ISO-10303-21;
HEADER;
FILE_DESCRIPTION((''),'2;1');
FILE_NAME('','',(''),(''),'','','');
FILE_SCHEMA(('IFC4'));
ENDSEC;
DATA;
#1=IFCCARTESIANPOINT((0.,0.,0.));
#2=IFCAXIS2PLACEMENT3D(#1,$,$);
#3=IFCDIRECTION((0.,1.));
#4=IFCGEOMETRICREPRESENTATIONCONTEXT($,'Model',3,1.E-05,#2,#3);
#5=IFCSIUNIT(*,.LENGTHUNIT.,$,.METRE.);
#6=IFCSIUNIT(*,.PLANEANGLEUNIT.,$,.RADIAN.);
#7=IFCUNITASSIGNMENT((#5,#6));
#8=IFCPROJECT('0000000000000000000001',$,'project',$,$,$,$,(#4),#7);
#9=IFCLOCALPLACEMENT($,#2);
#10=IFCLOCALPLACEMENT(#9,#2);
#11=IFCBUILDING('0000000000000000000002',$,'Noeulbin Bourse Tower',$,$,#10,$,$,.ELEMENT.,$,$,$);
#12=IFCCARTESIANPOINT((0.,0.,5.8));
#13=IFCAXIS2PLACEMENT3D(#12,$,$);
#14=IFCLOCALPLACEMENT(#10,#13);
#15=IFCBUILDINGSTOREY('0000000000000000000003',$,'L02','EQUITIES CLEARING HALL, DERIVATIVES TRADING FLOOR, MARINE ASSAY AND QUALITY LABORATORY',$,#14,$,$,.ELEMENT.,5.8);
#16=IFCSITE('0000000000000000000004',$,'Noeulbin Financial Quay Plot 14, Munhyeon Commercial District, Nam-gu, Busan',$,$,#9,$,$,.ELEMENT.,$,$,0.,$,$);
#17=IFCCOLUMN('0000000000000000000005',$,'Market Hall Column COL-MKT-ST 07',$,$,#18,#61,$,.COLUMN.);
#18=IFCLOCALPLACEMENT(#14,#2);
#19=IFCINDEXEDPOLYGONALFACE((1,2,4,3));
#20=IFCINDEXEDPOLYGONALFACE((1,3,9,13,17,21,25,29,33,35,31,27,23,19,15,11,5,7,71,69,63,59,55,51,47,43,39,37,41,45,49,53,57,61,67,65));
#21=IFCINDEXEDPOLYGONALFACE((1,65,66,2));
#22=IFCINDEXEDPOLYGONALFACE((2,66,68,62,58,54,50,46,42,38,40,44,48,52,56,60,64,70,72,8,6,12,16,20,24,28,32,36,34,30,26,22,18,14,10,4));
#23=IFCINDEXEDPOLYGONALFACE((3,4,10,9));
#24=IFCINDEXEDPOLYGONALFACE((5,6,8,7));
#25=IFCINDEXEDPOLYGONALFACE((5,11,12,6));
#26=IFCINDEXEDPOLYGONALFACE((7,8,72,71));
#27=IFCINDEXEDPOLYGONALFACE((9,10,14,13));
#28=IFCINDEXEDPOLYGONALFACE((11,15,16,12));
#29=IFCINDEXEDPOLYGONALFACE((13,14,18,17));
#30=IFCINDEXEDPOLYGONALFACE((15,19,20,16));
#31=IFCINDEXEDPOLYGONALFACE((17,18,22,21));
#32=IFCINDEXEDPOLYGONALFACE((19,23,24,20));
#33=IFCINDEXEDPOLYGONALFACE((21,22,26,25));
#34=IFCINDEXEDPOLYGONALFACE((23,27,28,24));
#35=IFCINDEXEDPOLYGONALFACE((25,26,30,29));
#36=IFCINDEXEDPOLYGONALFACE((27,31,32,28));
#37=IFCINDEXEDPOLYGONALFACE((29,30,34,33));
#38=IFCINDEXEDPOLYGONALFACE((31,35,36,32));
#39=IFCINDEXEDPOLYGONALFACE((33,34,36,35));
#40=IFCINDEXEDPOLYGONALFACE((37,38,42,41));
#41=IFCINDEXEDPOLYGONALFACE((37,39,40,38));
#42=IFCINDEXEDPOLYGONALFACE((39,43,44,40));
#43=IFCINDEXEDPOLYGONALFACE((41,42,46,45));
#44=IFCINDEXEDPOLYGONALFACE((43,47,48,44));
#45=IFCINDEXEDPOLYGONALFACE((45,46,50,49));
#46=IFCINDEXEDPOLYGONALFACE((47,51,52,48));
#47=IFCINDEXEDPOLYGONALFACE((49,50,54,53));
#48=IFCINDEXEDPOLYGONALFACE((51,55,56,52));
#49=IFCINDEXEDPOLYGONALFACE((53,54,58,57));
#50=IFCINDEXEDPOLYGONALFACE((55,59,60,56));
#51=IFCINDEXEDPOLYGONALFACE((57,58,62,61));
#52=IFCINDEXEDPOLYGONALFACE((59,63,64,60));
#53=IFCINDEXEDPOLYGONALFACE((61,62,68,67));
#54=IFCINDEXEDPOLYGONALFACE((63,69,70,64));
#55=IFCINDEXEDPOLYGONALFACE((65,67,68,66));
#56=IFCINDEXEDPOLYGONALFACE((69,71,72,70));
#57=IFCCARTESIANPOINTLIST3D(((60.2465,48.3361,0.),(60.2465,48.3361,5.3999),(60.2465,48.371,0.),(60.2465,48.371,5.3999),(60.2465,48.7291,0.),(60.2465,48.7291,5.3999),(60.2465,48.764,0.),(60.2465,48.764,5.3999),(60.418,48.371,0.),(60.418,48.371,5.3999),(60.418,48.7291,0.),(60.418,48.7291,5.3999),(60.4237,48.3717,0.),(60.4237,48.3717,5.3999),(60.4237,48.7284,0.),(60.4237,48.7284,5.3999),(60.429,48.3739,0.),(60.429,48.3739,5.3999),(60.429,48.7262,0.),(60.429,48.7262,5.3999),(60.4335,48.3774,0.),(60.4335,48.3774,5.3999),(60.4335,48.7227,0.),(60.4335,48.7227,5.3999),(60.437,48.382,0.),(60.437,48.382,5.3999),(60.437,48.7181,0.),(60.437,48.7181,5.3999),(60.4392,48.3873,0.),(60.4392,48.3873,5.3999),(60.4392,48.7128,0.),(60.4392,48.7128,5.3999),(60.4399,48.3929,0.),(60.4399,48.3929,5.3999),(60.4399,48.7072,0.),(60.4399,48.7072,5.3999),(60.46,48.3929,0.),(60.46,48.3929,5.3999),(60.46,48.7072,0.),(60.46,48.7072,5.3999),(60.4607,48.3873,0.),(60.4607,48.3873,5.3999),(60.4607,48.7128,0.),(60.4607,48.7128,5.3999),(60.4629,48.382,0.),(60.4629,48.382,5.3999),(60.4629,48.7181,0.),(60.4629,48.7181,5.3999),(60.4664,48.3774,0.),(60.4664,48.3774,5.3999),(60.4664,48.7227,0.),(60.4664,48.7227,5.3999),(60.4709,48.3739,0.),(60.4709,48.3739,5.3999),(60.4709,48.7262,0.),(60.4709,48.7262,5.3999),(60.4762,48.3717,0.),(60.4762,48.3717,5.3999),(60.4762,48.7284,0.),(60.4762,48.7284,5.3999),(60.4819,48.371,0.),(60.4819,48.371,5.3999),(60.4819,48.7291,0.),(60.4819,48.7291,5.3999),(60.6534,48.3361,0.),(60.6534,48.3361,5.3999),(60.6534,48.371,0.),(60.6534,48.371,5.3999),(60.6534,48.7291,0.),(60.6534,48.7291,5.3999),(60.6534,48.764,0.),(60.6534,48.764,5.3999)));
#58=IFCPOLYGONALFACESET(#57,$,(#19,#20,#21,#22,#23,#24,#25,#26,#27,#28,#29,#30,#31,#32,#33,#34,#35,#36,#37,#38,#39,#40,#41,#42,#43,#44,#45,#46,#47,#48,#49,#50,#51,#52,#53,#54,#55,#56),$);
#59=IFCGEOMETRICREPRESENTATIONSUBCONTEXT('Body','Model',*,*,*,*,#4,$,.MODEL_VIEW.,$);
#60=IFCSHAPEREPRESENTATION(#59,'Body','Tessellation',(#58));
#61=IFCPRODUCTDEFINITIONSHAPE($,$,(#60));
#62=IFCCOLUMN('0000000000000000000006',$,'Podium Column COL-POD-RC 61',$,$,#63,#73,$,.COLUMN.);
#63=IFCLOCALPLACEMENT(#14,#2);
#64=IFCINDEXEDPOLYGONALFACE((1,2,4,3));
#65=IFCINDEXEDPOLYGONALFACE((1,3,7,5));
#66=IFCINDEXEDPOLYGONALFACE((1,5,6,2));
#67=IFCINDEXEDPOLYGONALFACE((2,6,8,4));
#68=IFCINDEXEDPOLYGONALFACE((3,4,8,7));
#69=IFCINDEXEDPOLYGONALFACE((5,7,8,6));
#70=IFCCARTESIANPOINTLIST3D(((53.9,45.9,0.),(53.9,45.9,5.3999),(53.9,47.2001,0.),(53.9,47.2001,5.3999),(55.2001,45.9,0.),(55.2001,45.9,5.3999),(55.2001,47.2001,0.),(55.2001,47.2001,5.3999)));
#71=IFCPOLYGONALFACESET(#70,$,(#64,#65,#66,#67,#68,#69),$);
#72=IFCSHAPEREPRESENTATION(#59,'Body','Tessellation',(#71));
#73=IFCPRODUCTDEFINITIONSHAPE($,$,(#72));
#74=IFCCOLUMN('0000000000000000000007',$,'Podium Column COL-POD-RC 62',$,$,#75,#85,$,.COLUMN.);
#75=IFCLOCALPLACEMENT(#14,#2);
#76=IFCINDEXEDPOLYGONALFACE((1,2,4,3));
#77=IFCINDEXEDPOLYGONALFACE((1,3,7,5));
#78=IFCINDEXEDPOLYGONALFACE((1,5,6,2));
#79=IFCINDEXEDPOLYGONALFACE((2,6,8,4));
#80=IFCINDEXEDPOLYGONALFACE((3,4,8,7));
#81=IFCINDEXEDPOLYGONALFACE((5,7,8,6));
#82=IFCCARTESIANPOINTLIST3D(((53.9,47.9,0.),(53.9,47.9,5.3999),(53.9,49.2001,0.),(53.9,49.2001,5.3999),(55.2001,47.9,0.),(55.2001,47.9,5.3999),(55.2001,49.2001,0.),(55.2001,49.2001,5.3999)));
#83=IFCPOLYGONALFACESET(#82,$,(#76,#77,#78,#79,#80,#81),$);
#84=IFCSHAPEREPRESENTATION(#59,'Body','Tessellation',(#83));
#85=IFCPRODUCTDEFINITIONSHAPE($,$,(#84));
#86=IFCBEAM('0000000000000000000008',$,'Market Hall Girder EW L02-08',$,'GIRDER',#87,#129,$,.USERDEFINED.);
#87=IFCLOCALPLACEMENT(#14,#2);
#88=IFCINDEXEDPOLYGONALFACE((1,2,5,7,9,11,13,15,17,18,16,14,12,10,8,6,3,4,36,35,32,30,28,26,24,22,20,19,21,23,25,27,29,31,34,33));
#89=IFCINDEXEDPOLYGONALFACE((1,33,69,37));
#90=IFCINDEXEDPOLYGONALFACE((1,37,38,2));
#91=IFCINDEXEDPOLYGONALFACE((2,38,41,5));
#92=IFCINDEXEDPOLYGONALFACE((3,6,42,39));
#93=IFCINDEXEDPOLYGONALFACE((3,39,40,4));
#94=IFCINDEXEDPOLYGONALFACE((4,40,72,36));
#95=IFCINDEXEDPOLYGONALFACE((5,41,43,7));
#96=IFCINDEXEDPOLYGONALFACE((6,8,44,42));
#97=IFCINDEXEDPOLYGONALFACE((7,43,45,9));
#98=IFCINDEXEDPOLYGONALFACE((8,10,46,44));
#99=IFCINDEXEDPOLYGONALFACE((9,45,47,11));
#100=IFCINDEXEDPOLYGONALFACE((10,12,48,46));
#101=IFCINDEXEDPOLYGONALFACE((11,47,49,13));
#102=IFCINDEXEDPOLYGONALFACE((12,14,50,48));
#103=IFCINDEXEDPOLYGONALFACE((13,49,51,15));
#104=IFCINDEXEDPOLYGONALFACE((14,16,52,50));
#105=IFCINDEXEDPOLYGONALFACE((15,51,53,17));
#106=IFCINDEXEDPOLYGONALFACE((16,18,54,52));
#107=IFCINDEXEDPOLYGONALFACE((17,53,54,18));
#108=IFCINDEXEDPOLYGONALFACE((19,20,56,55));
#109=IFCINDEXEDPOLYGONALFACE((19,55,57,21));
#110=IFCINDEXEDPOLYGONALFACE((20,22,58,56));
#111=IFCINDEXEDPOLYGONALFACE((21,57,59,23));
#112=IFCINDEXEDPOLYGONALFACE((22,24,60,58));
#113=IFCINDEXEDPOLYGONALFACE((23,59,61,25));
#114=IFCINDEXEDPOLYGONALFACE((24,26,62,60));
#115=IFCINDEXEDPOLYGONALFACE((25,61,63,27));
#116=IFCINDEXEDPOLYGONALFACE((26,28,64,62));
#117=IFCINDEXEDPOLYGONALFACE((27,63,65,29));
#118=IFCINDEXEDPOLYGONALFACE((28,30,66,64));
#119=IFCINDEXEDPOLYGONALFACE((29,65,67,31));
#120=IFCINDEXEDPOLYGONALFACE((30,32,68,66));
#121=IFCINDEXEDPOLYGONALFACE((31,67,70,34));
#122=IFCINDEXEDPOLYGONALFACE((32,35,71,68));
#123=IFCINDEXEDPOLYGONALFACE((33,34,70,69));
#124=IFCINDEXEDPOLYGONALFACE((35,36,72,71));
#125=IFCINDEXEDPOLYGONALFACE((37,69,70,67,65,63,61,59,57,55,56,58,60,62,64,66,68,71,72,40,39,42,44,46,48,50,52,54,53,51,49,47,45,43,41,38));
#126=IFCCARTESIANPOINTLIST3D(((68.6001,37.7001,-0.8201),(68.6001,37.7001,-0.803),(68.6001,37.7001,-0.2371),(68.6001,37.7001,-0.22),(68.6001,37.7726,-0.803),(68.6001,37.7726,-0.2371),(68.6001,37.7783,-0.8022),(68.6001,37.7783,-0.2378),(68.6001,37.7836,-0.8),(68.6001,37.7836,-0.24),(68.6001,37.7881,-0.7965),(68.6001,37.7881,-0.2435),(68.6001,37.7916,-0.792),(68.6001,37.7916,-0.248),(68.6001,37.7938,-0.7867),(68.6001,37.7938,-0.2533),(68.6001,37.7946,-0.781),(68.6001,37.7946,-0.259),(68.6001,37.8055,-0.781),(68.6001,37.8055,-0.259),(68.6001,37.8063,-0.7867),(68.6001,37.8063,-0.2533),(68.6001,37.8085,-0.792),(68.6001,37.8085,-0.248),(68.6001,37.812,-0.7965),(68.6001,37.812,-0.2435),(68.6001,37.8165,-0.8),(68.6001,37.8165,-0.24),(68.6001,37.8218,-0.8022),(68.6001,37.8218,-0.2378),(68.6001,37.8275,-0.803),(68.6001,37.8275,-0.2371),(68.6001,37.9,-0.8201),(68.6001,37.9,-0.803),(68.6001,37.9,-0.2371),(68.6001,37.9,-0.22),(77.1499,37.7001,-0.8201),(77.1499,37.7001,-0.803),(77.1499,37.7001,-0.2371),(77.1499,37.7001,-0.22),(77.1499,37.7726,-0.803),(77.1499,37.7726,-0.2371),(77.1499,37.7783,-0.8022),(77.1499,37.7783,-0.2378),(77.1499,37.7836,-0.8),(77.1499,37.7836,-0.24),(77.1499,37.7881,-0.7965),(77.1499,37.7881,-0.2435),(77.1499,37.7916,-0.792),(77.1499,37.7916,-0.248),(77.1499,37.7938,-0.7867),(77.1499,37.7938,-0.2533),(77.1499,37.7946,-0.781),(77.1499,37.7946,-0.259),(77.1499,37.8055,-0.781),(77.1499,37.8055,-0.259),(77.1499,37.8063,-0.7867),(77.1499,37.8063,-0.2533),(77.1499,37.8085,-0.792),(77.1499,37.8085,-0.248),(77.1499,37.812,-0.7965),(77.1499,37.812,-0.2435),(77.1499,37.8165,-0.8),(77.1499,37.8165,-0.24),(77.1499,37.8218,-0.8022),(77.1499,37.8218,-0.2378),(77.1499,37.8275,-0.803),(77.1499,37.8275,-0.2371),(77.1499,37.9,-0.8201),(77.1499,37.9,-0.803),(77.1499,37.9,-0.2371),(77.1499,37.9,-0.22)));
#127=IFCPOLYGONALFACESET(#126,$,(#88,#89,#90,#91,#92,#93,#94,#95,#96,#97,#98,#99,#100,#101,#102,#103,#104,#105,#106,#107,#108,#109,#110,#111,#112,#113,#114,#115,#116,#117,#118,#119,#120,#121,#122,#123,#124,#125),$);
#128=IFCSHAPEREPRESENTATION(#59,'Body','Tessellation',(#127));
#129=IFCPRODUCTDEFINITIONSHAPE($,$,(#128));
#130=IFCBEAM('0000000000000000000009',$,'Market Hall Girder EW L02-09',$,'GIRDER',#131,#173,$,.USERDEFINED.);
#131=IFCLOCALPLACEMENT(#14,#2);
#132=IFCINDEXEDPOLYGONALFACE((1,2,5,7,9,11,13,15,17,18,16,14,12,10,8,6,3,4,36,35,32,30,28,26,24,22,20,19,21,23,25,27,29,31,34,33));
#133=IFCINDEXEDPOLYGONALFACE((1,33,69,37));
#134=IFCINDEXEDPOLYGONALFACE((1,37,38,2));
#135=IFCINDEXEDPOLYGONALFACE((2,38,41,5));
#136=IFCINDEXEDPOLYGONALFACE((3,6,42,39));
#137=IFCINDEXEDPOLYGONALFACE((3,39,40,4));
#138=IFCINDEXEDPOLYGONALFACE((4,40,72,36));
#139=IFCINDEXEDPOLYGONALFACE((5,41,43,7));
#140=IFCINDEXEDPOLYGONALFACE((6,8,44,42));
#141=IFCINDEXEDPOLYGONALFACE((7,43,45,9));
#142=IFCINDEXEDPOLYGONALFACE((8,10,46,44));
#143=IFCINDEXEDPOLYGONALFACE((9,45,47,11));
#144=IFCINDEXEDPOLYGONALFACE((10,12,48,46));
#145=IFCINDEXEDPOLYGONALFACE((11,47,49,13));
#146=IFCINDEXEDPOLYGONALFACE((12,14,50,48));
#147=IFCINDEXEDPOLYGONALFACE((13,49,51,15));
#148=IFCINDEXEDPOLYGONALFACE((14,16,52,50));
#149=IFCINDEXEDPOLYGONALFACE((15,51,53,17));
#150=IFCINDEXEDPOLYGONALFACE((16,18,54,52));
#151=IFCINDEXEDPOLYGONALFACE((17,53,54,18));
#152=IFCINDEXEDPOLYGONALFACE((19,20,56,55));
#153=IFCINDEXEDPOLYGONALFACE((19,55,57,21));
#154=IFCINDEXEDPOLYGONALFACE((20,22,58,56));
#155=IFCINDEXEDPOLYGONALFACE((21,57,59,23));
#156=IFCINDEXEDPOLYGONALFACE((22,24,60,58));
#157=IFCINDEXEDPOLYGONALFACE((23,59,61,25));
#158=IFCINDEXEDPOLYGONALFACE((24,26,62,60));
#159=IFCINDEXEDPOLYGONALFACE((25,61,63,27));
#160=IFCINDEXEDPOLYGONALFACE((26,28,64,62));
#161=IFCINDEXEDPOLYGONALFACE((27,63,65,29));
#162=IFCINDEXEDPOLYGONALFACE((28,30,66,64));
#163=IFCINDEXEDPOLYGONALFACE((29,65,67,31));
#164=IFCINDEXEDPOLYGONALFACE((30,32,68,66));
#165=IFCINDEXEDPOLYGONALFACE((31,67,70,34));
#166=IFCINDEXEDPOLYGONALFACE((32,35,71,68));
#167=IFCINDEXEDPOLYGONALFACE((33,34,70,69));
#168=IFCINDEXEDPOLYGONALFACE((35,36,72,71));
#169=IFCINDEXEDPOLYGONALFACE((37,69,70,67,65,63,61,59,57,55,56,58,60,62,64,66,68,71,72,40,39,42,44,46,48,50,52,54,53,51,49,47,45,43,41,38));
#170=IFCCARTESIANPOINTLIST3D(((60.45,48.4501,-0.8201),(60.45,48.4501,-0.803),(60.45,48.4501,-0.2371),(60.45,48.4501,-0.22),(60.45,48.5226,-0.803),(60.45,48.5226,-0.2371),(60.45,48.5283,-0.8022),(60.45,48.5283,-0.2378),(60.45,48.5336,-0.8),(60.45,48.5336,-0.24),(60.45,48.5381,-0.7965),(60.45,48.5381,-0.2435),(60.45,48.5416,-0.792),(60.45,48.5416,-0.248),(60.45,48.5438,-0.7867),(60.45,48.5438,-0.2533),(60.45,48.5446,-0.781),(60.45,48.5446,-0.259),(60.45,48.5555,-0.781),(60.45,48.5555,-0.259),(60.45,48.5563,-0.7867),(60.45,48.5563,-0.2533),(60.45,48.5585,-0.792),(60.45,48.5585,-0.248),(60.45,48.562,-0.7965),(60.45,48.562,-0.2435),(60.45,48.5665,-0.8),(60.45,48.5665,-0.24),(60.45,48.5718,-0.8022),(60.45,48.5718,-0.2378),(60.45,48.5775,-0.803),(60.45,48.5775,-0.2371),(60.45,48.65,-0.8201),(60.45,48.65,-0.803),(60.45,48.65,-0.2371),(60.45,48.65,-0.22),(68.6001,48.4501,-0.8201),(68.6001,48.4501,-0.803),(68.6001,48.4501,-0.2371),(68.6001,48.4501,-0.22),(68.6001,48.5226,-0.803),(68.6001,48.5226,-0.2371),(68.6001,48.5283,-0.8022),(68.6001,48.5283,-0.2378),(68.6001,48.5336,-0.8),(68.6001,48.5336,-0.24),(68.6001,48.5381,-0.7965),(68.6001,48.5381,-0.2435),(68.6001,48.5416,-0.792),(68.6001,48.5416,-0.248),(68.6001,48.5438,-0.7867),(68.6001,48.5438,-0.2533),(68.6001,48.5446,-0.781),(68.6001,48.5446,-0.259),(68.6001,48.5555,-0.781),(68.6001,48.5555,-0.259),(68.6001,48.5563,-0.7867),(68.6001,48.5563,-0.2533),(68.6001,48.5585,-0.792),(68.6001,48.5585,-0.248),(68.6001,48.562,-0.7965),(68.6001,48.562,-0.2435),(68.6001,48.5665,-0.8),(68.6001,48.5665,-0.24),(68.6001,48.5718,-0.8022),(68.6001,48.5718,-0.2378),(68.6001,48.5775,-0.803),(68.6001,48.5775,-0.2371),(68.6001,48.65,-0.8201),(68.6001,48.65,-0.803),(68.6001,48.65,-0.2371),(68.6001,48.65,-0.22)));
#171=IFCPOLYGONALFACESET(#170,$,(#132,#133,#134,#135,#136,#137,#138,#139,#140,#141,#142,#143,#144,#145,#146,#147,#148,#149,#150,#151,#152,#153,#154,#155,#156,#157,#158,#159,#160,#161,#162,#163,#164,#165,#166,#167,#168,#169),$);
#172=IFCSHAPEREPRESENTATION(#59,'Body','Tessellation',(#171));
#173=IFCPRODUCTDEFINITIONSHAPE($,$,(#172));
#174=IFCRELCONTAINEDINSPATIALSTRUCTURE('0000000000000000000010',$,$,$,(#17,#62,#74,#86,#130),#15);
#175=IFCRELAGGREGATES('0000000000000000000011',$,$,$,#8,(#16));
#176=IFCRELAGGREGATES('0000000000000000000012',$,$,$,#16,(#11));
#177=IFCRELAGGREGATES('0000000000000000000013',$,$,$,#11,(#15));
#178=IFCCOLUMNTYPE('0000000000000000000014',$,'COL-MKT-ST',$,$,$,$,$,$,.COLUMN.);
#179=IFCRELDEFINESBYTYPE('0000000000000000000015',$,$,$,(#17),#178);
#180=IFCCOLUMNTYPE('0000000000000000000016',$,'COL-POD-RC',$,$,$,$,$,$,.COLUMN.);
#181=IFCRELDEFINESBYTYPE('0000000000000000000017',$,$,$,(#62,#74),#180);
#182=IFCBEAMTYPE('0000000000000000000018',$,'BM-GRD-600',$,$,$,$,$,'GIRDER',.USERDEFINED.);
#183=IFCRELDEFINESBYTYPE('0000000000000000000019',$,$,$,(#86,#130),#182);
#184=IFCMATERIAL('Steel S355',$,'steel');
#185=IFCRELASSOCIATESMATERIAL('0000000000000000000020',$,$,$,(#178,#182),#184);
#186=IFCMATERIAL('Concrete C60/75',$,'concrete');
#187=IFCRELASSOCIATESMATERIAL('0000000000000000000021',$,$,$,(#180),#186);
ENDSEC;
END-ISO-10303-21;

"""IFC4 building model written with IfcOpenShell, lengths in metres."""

from ifc_helpers import new_model, si_unit, direction, frame, origin, origin_2d, place, context, subcontext, project, spatial, rectangle, i_section, extrude, material, material_profile, profile_set, type_object, element, save


model = new_model("IFC4")

# Units and contexts
model_context = context("Model", 3, precision=1e-05, world=origin(), true_north=direction((0.0, 1.0)))
body_context = subcontext(model_context, "Body", "Model", "MODEL_VIEW")
ifc_project = project(units=[si_unit("LENGTHUNIT", "METRE"), si_unit("PLANEANGLEUNIT", "RADIAN")], contexts=[model_context])

# Site, building, storey
site_placement = place(None, origin())
site = spatial("IfcSite", under=ifc_project, at=site_placement, Name="Noeulbin Financial Quay Plot 14, Munhyeon Commercial District, Nam-gu, Busan", CompositionType="ELEMENT", RefElevation=0.0)
building_placement = place(site_placement, origin())
building = spatial("IfcBuilding", under=site, at=building_placement, Name="Noeulbin Bourse Tower", CompositionType="ELEMENT")
storey_placement = place(building_placement, frame((0.0, 0.0, 5.8)))
storey = spatial("IfcBuildingStorey", under=building, at=storey_placement, Name="L02", Description="EQUITIES CLEARING HALL, DERIVATIVES TRADING FLOOR, MARINE ASSAY AND QUALITY LABORATORY", CompositionType="ELEMENT", Elevation=5.8)

# Columns
ifc_material_1 = material(Name="Steel S355", Category="steel")
ifc_material_profile_1 = material_profile(ifc_material_1, i_section(OverallWidth=0.407, OverallDepth=0.428, WebThickness=0.02, FlangeThickness=0.0349, FilletRadius=0.022, at=origin_2d()), Name="H-428x407x20x35", Category="LoadBearing")
ifc_profile_set_1 = profile_set([ifc_material_profile_1], Name="Steel S355")
column_type_1 = type_object("IfcColumnType", Name="COL-MKT-ST", PredefinedType="COLUMN", material=ifc_profile_set_1)
column_placement = place(storey_placement, frame((60.45, 48.55, 0.0), z_axis=(0.0, 0.0, 1.0), x_axis=(1.0, 0.0, 0.0)))
element("IfcColumn", 1, at=column_placement, inside=storey, type_object=column_type_1, Name="Market Hall Column COL-MKT-ST 07", PredefinedType="COLUMN", context=body_context, shape_type="SweptSolid", body=[
    extrude(i_section(OverallWidth=0.407, OverallDepth=0.428, WebThickness=0.02, FlangeThickness=0.0349, FilletRadius=0.022, at=origin_2d()), origin(), (0.0, 0.0, 1.0), 5.3999),
])
ifc_material_2 = material(Name="Concrete C60/75", Category="concrete")
ifc_material_profile_2 = material_profile(ifc_material_2, rectangle(XDim=1.3, YDim=1.3, at=origin_2d()), Name="RC-COL-1300x1300", Category="LoadBearing")
ifc_profile_set_2 = profile_set([ifc_material_profile_2], Name="Concrete C60/75")
column_type_2 = type_object("IfcColumnType", Name="COL-POD-RC", PredefinedType="COLUMN", material=ifc_profile_set_2)
for number, where, z_axis, x_axis, name in (
    (2, (54.55, 46.55, 0.0), (0.0, 0.0, 1.0), (1.0, 0.0, 0.0), "Podium Column COL-POD-RC 61"),
    (3, (54.55, 48.55, 0.0), (0.0, 0.0, 1.0), (1.0, 0.0, 0.0), "Podium Column COL-POD-RC 62"),
):
    element("IfcColumn", number, at=place(storey_placement, frame(where, z_axis=z_axis, x_axis=x_axis)), inside=storey, type_object=column_type_2, Name=name, PredefinedType="COLUMN", context=body_context, shape_type="SweptSolid", body=[
        extrude(rectangle(XDim=1.3, YDim=1.3, at=origin_2d()), origin(), (0.0, 0.0, 1.0), 5.3999),
    ])

# Beams
ifc_material_profile_3 = material_profile(ifc_material_1, i_section(OverallWidth=0.2, OverallDepth=0.6001, WebThickness=0.011, FlangeThickness=0.0171, FilletRadius=0.022, at=origin_2d()), Name="H-600x200x11x17", Category="LoadBearing")
ifc_profile_set_3 = profile_set([ifc_material_profile_3], Name="Steel S355")
beam_type_1 = type_object("IfcBeamType", Name="BM-GRD-600", ElementType="GIRDER", PredefinedType="USERDEFINED", material=ifc_profile_set_3)
beam_1_placement = place(storey_placement, frame((68.6001, 37.8, -0.52), z_axis=(1.0, 0.0, 0.0), x_axis=(0.0, 1.0, 0.0)))
element("IfcBeam", 4, at=beam_1_placement, inside=storey, type_object=beam_type_1, Name="Market Hall Girder EW L02-08", ObjectType="GIRDER", PredefinedType="USERDEFINED", context=body_context, shape_type="SweptSolid", body=[
    extrude(i_section(OverallWidth=0.2, OverallDepth=0.6001, WebThickness=0.011, FlangeThickness=0.0171, FilletRadius=0.022, at=origin_2d()), origin(), (0.0, 0.0, 1.0), 8.5498),
])
beam_2_placement = place(storey_placement, frame((60.45, 48.55, -0.52), z_axis=(1.0, 0.0, 0.0), x_axis=(0.0, 1.0, 0.0)))
element("IfcBeam", 5, at=beam_2_placement, inside=storey, type_object=beam_type_1, Name="Market Hall Girder EW L02-09", ObjectType="GIRDER", PredefinedType="USERDEFINED", context=body_context, shape_type="SweptSolid", body=[
    extrude(i_section(OverallWidth=0.2, OverallDepth=0.6001, WebThickness=0.011, FlangeThickness=0.0171, FilletRadius=0.022, at=origin_2d()), origin(), (0.0, 0.0, 1.0), 8.1501),
])

save(model, "model.ifc")
